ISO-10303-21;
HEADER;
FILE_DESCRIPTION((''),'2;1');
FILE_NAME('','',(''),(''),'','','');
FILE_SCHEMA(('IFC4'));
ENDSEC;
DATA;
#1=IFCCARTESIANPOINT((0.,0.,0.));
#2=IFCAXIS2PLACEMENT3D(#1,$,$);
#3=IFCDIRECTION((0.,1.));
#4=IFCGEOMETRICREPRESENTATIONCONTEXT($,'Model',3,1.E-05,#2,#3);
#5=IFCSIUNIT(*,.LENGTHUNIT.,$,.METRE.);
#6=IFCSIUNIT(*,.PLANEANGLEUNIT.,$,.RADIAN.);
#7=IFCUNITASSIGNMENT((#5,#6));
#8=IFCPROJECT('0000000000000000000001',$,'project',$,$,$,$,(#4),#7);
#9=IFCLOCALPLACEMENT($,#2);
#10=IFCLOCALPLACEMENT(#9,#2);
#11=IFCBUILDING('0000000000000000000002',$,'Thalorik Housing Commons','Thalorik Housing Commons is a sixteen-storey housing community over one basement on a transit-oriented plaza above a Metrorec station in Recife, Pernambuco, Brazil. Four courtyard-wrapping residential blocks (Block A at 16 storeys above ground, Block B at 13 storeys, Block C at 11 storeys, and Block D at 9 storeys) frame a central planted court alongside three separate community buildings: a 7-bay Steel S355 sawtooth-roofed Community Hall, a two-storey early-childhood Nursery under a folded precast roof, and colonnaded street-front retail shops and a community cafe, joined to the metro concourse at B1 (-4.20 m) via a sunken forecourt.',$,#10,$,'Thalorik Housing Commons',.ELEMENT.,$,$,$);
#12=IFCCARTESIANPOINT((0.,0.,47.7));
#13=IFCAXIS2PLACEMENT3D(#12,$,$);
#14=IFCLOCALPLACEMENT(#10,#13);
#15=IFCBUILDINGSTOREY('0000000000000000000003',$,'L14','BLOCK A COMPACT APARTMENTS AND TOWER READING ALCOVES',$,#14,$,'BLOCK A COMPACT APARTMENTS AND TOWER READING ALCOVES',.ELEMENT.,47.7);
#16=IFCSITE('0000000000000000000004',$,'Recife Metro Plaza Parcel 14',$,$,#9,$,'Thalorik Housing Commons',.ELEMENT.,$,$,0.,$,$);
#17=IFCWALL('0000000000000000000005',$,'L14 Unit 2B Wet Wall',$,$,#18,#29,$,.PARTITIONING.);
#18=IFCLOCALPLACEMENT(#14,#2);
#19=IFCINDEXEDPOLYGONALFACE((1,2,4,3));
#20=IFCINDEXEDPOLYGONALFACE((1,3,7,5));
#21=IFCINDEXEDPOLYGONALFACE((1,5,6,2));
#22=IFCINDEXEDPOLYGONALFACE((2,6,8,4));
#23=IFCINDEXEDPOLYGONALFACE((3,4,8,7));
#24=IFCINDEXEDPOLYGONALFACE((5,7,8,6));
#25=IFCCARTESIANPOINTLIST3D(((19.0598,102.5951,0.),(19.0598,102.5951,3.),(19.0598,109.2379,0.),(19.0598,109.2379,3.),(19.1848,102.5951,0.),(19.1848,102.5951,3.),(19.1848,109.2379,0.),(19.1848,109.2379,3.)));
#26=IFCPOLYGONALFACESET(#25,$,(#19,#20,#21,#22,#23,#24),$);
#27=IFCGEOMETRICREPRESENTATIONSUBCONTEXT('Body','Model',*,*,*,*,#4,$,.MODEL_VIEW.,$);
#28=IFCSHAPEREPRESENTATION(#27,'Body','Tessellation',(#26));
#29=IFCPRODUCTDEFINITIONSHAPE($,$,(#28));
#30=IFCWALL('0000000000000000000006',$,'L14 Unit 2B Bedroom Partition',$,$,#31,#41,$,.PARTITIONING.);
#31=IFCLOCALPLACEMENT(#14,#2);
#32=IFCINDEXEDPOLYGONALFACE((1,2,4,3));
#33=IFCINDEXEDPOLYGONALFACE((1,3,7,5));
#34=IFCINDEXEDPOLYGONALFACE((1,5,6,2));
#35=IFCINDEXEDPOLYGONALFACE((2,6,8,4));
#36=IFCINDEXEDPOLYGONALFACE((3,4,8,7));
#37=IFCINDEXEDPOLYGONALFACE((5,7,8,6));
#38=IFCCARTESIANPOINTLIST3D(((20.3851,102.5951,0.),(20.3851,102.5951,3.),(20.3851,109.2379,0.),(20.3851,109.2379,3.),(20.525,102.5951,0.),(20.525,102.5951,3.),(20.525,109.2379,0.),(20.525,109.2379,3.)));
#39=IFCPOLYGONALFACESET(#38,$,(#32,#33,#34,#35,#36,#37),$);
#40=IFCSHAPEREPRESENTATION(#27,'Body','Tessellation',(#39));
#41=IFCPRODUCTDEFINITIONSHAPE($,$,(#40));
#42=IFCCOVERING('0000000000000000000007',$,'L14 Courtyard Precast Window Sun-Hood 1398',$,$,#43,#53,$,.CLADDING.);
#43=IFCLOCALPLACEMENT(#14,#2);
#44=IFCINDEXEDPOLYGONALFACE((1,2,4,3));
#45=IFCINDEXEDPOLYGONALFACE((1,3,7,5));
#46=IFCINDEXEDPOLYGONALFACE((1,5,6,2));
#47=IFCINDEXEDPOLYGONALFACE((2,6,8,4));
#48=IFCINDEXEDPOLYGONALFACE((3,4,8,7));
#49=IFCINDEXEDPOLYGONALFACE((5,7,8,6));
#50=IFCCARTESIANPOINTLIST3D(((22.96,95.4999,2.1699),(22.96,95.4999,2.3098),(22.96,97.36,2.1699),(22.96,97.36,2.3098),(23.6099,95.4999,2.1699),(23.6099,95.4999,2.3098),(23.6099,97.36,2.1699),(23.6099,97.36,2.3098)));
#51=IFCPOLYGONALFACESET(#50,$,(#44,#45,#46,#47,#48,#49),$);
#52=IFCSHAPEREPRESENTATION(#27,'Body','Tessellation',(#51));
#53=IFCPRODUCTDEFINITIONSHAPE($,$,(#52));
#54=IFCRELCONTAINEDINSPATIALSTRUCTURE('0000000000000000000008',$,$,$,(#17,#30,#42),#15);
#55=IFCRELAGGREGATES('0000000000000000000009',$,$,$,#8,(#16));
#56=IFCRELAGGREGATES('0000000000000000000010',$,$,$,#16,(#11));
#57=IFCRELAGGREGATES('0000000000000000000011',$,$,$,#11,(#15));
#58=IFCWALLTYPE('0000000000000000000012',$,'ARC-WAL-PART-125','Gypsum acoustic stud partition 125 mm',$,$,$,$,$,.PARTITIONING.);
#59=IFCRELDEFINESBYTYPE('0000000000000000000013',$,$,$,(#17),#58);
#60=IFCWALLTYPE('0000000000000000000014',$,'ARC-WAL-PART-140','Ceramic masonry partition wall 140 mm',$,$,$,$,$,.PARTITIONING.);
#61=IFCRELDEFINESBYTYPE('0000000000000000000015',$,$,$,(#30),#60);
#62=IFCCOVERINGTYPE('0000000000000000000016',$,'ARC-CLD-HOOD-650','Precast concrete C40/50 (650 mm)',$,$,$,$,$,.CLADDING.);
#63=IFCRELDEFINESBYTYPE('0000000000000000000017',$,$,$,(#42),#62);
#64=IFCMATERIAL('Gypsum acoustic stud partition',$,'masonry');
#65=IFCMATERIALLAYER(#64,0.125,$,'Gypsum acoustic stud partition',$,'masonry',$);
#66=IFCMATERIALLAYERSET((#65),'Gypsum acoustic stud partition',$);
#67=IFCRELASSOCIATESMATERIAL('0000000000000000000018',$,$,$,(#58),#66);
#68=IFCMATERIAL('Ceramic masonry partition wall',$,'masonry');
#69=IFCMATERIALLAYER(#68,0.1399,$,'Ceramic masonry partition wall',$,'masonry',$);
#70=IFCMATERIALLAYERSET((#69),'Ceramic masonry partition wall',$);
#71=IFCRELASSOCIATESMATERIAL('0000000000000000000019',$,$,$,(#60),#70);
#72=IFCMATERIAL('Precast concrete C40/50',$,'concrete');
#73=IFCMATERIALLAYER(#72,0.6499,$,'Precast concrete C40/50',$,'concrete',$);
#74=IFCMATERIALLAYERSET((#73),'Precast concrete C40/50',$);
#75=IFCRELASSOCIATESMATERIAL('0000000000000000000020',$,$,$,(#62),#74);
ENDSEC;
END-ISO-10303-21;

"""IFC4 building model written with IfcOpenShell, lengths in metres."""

from ifc_helpers import new_model, si_unit, direction, frame, frame_2d, origin, origin_2d, place, context, subcontext, project, spatial, rectangle, extrude, material, layer, layer_set, type_object, element, save


model = new_model("IFC4")

# Units and contexts
model_context = context("Model", 3, precision=1e-05, world=origin(), true_north=direction((0.0, 1.0)))
body_context = subcontext(model_context, "Body", "Model", "MODEL_VIEW")
ifc_project = project(units=[si_unit("LENGTHUNIT", "METRE"), si_unit("PLANEANGLEUNIT", "RADIAN")], contexts=[model_context])

# Site, building, storey
site_placement = place(None, origin())
site = spatial("IfcSite", under=ifc_project, at=site_placement, Name="Recife Metro Plaza Parcel 14", LongName="Thalorik Housing Commons", CompositionType="ELEMENT", RefElevation=0.0)
building_placement = place(site_placement, origin())
building = spatial("IfcBuilding", under=site, at=building_placement, Name="Thalorik Housing Commons", Description="Thalorik Housing Commons is a sixteen-storey housing community over one basement on a transit-oriented plaza above a Metrorec station in Recife, Pernambuco, Brazil. Four courtyard-wrapping residential blocks (Block A at 16 storeys above ground, Block B at 13 storeys, Block C at 11 storeys, and Block D at 9 storeys) frame a central planted court alongside three separate community buildings: a 7-bay Steel S355 sawtooth-roofed Community Hall, a two-storey early-childhood Nursery under a folded precast roof, and colonnaded street-front retail shops and a community cafe, joined to the metro concourse at B1 (-4.20 m) via a sunken forecourt.", LongName="Thalorik Housing Commons", CompositionType="ELEMENT")
storey_placement = place(building_placement, frame((0.0, 0.0, 47.7)))
storey = spatial("IfcBuildingStorey", under=building, at=storey_placement, Name="L14", Description="BLOCK A COMPACT APARTMENTS AND TOWER READING ALCOVES", LongName="BLOCK A COMPACT APARTMENTS AND TOWER READING ALCOVES", CompositionType="ELEMENT", Elevation=47.7)

# Shared definitions
ifc_material_1 = material(Name="Precast concrete C40/50", Category="concrete")

# Walls
ifc_material_2 = material(Name="Gypsum acoustic stud partition", Category="masonry")
ifc_layer_1 = layer(ifc_material_2, 0.125, Name="Gypsum acoustic stud partition", Category="masonry")
ifc_layer_set_1 = layer_set([ifc_layer_1], Name="Gypsum acoustic stud partition")
wall_type_1 = type_object("IfcWallType", Name="ARC-WAL-PART-125", Description="Gypsum acoustic stud partition 125 mm", PredefinedType="PARTITIONING", material=ifc_layer_set_1)
wall_1_placement = place(storey_placement, frame((19.1223, 102.5952, 0.0), z_axis=(0.0, 0.0, 1.0), x_axis=(0.0, 1.0, 0.0)))
element("IfcWall", 1, at=wall_1_placement, inside=storey, type_object=wall_type_1, Name="L14 Unit 2B Wet Wall", PredefinedType="PARTITIONING", context=body_context, shape_type="SweptSolid", body=[
    extrude(rectangle(XDim=6.6428, YDim=0.125, at=frame_2d((3.3213, 0.0))), origin(), (0.0, 0.0, 1.0), 3.0),
])
ifc_material_3 = material(Name="Ceramic masonry partition wall", Category="masonry")
ifc_layer_2 = layer(ifc_material_3, 0.1399, Name="Ceramic masonry partition wall", Category="masonry")
ifc_layer_set_2 = layer_set([ifc_layer_2], Name="Ceramic masonry partition wall")
wall_type_2 = type_object("IfcWallType", Name="ARC-WAL-PART-140", Description="Ceramic masonry partition wall 140 mm", PredefinedType="PARTITIONING", material=ifc_layer_set_2)
wall_2_placement = place(storey_placement, frame((20.4551, 102.5952, 0.0), z_axis=(0.0, 0.0, 1.0), x_axis=(0.0, 1.0, 0.0)))
element("IfcWall", 2, at=wall_2_placement, inside=storey, type_object=wall_type_2, Name="L14 Unit 2B Bedroom Partition", PredefinedType="PARTITIONING", context=body_context, shape_type="SweptSolid", body=[
    extrude(rectangle(XDim=6.6428, YDim=0.1399, at=frame_2d((3.3213, 0.0))), origin(), (0.0, 0.0, 1.0), 3.0),
])

# Covering
ifc_layer_3 = layer(ifc_material_1, 0.6499, Name="Precast concrete C40/50", Category="concrete")
ifc_layer_set_3 = layer_set([ifc_layer_3], Name="Precast concrete C40/50")
covering_type = type_object("IfcCoveringType", Name="ARC-CLD-HOOD-650", Description="Precast concrete C40/50 (650 mm)", PredefinedType="CLADDING", material=ifc_layer_set_3)
covering_placement = place(storey_placement, frame((23.2849, 96.4299, 2.1699), z_axis=(0.0, 0.0, 1.0), x_axis=(0.0, 1.0, 0.0)))
element("IfcCovering", 3, at=covering_placement, inside=storey, type_object=covering_type, Name="L14 Courtyard Precast Window Sun-Hood 1398", PredefinedType="CLADDING", context=body_context, shape_type="SweptSolid", body=[
    extrude(rectangle(XDim=1.8601, YDim=0.6499, at=origin_2d()), origin(), (0.0, 0.0, 1.0), 0.1399),
])

save(model, "model.ifc")
